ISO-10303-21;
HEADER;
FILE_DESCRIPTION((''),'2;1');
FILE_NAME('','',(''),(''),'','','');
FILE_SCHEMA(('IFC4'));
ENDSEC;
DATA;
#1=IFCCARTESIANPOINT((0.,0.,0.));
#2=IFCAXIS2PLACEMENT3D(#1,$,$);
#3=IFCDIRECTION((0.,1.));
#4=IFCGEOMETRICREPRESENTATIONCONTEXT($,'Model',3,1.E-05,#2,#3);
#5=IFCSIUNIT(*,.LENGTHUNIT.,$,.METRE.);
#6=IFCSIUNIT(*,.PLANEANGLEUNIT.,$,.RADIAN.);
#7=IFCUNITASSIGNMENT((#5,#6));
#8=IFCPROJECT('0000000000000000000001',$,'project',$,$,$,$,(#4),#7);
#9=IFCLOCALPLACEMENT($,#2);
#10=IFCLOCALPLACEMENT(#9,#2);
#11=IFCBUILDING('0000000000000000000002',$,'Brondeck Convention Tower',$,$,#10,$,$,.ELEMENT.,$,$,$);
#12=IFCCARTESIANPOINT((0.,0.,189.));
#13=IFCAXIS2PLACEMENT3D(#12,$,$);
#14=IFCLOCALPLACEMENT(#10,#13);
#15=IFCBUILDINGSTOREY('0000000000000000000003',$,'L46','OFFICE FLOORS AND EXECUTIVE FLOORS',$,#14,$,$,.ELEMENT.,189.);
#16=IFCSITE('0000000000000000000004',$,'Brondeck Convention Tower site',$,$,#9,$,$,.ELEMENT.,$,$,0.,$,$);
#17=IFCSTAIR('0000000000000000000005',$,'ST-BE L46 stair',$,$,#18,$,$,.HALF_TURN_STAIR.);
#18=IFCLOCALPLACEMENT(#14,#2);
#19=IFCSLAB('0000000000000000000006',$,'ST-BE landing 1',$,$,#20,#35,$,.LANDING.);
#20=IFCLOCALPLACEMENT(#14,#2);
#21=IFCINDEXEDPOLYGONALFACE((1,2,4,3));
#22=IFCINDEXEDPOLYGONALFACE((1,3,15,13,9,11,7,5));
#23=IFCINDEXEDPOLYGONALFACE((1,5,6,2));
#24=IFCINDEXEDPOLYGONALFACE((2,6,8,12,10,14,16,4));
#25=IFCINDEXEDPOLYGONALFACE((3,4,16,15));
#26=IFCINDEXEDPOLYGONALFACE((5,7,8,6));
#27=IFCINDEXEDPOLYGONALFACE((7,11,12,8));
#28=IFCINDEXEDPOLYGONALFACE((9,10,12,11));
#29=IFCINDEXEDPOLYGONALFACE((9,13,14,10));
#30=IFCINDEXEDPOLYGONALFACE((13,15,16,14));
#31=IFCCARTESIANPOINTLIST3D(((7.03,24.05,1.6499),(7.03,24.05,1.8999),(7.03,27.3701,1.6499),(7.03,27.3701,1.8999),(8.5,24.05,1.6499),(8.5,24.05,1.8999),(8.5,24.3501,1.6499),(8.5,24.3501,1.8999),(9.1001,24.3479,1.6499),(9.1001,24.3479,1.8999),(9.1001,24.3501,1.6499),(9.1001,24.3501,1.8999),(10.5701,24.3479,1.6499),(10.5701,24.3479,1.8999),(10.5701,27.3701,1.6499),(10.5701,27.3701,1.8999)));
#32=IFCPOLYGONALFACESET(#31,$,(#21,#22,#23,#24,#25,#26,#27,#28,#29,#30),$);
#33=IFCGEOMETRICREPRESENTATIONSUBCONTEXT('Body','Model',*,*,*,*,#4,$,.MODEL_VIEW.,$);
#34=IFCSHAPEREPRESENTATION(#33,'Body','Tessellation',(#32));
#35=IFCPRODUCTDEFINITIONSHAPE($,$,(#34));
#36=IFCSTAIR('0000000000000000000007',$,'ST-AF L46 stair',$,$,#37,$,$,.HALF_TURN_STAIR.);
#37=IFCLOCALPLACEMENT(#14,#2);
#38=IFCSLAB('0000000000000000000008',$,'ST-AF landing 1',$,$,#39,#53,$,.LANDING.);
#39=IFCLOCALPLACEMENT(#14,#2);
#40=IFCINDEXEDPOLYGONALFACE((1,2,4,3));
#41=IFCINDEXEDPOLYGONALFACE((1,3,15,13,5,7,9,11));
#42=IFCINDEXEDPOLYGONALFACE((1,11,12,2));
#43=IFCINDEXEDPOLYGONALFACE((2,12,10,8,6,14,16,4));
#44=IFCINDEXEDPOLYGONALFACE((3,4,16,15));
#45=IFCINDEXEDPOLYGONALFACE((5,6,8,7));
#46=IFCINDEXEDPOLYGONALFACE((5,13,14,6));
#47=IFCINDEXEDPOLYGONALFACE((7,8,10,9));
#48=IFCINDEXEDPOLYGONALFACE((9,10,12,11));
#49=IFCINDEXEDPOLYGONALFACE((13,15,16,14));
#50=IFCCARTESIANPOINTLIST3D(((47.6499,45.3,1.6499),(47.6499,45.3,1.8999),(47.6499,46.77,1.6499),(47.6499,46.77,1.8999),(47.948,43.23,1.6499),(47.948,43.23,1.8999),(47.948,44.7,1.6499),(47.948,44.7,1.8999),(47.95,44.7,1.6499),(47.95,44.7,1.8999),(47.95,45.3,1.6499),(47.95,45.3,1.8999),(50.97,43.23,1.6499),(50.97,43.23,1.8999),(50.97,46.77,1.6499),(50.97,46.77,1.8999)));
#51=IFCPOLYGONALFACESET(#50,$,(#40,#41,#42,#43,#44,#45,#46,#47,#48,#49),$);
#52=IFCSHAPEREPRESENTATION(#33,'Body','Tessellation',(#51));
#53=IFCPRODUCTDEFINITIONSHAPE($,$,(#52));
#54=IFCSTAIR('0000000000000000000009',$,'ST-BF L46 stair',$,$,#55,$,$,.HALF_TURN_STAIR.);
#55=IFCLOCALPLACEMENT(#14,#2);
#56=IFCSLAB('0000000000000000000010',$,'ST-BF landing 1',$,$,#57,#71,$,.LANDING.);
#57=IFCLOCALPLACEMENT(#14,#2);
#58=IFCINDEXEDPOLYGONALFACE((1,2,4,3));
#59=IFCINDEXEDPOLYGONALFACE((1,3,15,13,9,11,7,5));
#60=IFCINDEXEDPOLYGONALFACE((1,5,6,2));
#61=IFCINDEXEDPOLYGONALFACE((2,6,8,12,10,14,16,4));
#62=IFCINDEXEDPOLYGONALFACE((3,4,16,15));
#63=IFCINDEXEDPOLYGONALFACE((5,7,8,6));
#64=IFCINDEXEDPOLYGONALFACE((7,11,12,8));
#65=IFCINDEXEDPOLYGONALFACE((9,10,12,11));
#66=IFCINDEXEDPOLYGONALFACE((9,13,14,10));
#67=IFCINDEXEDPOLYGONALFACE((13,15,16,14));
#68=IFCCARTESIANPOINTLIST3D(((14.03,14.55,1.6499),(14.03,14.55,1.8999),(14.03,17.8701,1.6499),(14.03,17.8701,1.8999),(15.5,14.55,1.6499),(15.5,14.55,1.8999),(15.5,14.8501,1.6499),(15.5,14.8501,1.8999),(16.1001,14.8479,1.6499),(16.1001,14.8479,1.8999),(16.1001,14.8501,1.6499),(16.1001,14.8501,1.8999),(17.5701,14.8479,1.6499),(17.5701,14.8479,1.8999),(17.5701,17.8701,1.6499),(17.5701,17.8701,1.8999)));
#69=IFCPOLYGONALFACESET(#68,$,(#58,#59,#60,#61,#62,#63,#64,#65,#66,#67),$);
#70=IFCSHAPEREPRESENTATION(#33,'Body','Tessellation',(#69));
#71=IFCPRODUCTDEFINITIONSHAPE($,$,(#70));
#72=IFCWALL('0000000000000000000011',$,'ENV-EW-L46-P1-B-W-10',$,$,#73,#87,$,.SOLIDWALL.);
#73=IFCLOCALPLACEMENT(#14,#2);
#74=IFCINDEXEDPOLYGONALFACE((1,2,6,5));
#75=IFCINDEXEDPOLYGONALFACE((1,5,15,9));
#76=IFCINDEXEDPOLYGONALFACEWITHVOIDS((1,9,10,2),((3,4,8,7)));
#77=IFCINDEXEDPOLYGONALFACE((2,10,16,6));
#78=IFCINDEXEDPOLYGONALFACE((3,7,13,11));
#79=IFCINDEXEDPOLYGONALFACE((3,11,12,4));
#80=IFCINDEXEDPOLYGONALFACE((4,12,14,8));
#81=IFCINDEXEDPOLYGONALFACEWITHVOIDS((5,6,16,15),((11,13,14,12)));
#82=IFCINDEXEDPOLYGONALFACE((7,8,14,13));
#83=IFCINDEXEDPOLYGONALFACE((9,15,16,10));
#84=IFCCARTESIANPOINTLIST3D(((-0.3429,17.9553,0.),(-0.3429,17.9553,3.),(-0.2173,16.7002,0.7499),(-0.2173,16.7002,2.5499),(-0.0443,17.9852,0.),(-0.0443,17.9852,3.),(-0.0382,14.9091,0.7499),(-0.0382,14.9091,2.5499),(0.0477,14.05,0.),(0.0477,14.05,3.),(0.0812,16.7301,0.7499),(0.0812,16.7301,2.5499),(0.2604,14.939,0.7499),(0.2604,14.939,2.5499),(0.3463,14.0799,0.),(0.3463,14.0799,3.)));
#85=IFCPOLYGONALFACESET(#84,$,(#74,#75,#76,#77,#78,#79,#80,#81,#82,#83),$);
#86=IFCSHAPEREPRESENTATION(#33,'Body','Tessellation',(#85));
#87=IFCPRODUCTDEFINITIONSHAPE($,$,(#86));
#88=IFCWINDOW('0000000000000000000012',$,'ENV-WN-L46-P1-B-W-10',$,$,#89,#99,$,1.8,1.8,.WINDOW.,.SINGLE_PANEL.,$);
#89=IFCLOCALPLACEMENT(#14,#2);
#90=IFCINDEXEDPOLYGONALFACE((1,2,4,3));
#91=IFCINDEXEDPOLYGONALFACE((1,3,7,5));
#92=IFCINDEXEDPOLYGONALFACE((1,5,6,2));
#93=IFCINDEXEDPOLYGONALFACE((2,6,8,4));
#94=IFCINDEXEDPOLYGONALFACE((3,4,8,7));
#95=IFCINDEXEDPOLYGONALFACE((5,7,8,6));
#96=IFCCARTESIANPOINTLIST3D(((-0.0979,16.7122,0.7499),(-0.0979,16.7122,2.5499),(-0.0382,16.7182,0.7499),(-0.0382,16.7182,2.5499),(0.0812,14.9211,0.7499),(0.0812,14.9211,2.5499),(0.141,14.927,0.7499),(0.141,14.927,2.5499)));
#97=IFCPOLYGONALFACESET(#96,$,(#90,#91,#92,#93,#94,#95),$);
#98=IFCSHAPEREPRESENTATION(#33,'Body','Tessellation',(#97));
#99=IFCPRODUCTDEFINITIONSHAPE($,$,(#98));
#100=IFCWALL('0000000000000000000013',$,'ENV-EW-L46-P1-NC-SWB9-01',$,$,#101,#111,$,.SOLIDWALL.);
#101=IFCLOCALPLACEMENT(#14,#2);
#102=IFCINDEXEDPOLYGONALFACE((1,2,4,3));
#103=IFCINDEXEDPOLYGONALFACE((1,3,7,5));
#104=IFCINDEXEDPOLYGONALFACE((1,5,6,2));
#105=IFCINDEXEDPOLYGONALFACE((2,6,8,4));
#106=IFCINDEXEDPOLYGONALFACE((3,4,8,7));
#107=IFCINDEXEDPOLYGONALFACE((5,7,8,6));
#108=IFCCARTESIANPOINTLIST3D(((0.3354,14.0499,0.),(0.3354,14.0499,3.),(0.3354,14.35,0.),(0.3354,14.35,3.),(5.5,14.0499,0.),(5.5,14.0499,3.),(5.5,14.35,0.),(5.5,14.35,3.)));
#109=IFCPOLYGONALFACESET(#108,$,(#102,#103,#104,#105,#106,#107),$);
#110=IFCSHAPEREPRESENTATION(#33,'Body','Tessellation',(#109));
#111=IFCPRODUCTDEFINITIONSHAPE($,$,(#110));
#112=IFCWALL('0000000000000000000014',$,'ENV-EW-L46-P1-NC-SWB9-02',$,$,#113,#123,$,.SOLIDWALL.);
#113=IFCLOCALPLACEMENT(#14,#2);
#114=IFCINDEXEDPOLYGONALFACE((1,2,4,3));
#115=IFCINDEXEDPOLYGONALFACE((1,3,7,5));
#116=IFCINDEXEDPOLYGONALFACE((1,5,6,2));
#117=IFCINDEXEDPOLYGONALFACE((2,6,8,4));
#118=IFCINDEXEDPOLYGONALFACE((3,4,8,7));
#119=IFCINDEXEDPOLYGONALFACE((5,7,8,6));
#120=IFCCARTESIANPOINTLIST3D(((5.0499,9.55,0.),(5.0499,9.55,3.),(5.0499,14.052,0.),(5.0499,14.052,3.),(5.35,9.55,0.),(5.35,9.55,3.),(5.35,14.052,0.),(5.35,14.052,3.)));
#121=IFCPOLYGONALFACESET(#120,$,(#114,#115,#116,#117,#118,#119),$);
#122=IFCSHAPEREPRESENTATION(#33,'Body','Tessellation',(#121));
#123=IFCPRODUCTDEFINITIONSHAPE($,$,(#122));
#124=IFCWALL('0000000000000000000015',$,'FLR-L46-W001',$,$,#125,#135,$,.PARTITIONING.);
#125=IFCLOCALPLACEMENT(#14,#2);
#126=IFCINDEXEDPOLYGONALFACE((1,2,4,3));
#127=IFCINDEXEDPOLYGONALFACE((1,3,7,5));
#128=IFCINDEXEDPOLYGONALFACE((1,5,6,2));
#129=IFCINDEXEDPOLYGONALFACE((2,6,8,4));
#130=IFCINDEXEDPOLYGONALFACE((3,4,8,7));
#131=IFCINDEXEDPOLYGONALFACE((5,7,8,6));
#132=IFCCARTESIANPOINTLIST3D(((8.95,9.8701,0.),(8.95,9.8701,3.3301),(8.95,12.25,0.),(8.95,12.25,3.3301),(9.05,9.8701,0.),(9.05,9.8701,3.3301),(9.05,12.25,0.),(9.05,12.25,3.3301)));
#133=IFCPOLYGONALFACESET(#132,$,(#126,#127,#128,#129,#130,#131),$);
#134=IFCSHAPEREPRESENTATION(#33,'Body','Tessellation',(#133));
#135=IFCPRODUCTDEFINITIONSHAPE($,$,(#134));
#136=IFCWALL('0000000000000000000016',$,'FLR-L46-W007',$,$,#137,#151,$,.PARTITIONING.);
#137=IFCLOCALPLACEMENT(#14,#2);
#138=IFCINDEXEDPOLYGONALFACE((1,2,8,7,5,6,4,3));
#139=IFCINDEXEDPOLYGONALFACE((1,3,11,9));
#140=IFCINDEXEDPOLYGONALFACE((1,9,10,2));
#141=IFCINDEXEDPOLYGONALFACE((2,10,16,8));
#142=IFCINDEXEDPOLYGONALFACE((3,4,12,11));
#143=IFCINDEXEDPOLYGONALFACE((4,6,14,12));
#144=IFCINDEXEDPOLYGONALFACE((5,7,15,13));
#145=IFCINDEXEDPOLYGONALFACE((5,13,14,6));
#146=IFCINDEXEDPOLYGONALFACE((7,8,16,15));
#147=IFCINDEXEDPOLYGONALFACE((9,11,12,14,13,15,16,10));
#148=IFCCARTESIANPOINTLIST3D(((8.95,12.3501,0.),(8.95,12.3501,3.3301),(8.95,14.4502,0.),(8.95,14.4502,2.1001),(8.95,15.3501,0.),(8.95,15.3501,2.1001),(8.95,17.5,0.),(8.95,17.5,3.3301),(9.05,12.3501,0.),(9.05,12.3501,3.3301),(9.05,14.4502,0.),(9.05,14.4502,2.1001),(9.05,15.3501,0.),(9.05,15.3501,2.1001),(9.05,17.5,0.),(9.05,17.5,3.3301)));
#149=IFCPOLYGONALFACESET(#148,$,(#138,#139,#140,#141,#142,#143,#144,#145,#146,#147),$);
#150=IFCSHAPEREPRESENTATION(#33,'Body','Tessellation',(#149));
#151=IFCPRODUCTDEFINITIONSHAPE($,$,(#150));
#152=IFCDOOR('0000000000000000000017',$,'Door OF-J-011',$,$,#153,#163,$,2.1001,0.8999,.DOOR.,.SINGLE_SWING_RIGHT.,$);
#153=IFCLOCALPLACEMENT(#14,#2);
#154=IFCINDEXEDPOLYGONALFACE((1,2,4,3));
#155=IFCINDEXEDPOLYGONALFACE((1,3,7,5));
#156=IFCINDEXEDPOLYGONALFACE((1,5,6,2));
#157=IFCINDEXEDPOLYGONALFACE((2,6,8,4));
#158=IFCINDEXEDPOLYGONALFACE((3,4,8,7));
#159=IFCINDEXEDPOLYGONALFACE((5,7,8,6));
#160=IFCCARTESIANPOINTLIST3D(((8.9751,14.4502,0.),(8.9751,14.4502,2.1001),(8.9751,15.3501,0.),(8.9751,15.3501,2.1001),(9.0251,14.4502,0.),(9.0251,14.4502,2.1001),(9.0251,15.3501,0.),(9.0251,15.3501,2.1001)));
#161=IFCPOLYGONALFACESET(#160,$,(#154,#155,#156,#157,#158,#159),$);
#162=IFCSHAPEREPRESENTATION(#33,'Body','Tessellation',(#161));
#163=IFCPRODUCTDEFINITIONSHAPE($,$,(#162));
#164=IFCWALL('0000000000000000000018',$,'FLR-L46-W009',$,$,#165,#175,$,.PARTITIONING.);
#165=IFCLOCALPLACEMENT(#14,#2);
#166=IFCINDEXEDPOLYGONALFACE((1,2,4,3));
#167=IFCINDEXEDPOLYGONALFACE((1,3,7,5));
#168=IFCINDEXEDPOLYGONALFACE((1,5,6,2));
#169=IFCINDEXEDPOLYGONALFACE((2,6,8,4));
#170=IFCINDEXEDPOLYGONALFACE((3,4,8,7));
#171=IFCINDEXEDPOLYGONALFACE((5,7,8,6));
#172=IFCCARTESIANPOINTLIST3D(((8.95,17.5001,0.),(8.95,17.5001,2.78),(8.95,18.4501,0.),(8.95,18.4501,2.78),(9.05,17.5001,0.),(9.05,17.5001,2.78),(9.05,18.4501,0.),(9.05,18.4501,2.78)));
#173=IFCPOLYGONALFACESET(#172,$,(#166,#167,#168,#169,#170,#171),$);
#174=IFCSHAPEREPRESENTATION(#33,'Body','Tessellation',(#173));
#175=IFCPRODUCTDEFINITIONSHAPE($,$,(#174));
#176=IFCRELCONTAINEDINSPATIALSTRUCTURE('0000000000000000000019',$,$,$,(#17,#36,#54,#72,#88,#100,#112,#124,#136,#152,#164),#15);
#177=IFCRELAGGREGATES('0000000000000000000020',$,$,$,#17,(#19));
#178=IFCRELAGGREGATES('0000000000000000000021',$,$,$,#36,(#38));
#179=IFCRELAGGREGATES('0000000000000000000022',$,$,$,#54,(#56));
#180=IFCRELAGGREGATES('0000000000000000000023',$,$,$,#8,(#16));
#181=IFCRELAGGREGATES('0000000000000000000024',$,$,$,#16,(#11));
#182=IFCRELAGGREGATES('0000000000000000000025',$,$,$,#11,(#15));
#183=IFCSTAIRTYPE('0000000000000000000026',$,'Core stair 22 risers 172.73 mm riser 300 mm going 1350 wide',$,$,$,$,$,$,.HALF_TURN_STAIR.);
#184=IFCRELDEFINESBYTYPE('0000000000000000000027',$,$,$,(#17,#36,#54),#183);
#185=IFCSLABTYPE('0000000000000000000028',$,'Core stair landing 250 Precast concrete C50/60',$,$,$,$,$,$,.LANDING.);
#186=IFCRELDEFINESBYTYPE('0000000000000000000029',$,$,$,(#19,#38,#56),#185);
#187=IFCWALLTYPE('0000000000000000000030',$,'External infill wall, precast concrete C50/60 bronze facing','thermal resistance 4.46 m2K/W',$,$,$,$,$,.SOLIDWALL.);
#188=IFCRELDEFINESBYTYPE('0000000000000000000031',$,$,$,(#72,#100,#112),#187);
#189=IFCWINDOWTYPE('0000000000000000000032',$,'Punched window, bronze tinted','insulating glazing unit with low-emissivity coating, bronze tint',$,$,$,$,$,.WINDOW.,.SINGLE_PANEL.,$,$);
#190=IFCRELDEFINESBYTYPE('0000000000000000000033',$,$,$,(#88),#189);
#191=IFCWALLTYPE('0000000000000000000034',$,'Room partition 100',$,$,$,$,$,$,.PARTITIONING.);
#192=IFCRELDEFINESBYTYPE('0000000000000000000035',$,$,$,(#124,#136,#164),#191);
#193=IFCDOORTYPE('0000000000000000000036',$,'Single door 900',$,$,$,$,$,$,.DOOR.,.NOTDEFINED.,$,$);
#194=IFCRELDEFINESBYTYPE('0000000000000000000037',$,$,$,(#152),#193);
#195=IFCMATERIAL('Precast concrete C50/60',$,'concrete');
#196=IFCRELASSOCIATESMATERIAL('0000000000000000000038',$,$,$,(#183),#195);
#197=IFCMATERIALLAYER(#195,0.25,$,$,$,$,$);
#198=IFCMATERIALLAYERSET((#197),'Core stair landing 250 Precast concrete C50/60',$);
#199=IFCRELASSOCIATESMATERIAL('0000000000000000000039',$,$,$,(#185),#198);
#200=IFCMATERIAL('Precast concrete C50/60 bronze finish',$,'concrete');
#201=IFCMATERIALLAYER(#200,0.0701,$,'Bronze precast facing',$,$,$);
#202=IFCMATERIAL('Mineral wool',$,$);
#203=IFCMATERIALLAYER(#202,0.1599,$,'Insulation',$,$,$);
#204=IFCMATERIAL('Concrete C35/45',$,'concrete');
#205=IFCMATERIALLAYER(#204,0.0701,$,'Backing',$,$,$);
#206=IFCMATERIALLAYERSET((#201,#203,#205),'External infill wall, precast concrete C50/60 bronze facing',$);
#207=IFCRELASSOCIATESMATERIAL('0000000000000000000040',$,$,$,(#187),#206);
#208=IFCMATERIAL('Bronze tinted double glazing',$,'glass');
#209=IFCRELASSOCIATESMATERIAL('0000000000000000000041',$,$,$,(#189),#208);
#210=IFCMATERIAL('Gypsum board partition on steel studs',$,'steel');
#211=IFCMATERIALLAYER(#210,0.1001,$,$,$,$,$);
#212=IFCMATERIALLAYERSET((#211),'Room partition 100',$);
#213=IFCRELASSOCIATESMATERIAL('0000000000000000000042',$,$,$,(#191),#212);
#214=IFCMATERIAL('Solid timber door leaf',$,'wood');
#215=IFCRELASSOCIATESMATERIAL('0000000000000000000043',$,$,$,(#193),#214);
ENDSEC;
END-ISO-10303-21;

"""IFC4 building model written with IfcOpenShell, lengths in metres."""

from ifc_helpers import new_model, si_unit, direction, frame, frame_2d, origin, place, context, subcontext, project, spatial, polyline, rectangle, outline, extrude, material, layer, layer_set, type_object, element, fill, aggregate, save


model = new_model("IFC4")

# Units and contexts
model_context = context("Model", 3, precision=1e-05, world=origin(), true_north=direction((0.0, 1.0)))
body_context = subcontext(model_context, "Body", "Model", "MODEL_VIEW")
ifc_project = project(units=[si_unit("LENGTHUNIT", "METRE"), si_unit("PLANEANGLEUNIT", "RADIAN")], contexts=[model_context])

# Site, building, storey
site_placement = place(None, origin())
site = spatial("IfcSite", under=ifc_project, at=site_placement, Name="Brondeck Convention Tower site", CompositionType="ELEMENT", RefElevation=0.0)
building_placement = place(site_placement, origin())
building = spatial("IfcBuilding", under=site, at=building_placement, Name="Brondeck Convention Tower", CompositionType="ELEMENT")
storey_placement = place(building_placement, frame((0.0, 0.0, 189.0)))
storey = spatial("IfcBuildingStorey", under=building, at=storey_placement, Name="L46", Description="OFFICE FLOORS AND EXECUTIVE FLOORS", CompositionType="ELEMENT", Elevation=189.0)

# Shared definitions
ifc_material_1 = material(Name="Concrete C35/45", Category="concrete")

# Stairs, slabs
ifc_material_2 = material(Name="Precast concrete C50/60", Category="concrete")
stair_type = type_object("IfcStairType", Name="Core stair 22 risers 172.73 mm riser 300 mm going 1350 wide", PredefinedType="HALF_TURN_STAIR", material=ifc_material_2)
ifc_layer_1 = layer(ifc_material_2, 0.25)
ifc_layer_set_1 = layer_set([ifc_layer_1], Name="Core stair landing 250 Precast concrete C50/60")
slab_type_1 = type_object("IfcSlabType", Name="Core stair landing 250 Precast concrete C50/60", PredefinedType="LANDING", material=ifc_layer_set_1)
stair_1_placement = place(storey_placement, origin())
stair_1 = element("IfcStair", 1, at=stair_1_placement, inside=storey, type_object=stair_type, Name="ST-BE L46 stair", PredefinedType="HALF_TURN_STAIR")
slab_1_placement = place(storey_placement, frame((0.0, 0.0, 1.6499)))
slab_1 = element("IfcSlab", 2, at=slab_1_placement, type_object=slab_type_1, Name="ST-BE landing 1", PredefinedType="LANDING", context=body_context, shape_type="SweptSolid", body=[
    extrude(outline(polyline([(7.03, 24.05), (7.03, 27.3701), (10.5701, 27.3701), (10.5701, 24.3479), (9.1001, 24.3479), (9.1001, 24.3501), (8.5, 24.3501), (8.5, 24.05), (7.03, 24.05)])), origin(), (0.0, 0.0, 1.0), 0.25),
])
aggregate(stair_1, [slab_1])
stair_2_placement = place(storey_placement, origin())
stair_2 = element("IfcStair", 3, at=stair_2_placement, inside=storey, type_object=stair_type, Name="ST-AF L46 stair", PredefinedType="HALF_TURN_STAIR")
slab_2_placement = place(storey_placement, frame((0.0, 0.0, 1.6499)))
slab_2 = element("IfcSlab", 4, at=slab_2_placement, type_object=slab_type_1, Name="ST-AF landing 1", PredefinedType="LANDING", context=body_context, shape_type="SweptSolid", body=[
    extrude(outline(polyline([(47.948, 44.7), (47.95, 44.7), (47.95, 45.3), (47.6499, 45.3), (47.6499, 46.77), (50.97, 46.77), (50.97, 43.23), (47.948, 43.23), (47.948, 44.7)])), origin(), (0.0, 0.0, 1.0), 0.25),
])
aggregate(stair_2, [slab_2])
stair_3_placement = place(storey_placement, origin())
stair_3 = element("IfcStair", 5, at=stair_3_placement, inside=storey, type_object=stair_type, Name="ST-BF L46 stair", PredefinedType="HALF_TURN_STAIR")
slab_3_placement = place(storey_placement, frame((0.0, 0.0, 1.6499)))
slab_3 = element("IfcSlab", 6, at=slab_3_placement, type_object=slab_type_1, Name="ST-BF landing 1", PredefinedType="LANDING", context=body_context, shape_type="SweptSolid", body=[
    extrude(outline(polyline([(14.03, 14.55), (14.03, 17.8701), (17.5701, 17.8701), (17.5701, 14.8479), (16.1001, 14.8479), (16.1001, 14.8501), (15.5, 14.8501), (15.5, 14.55), (14.03, 14.55)])), origin(), (0.0, 0.0, 1.0), 0.25),
])
aggregate(stair_3, [slab_3])

# Wall, opening, window
ifc_material_3 = material(Name="Precast concrete C50/60 bronze finish", Category="concrete")
ifc_layer_2 = layer(ifc_material_3, 0.0701, Name="Bronze precast facing")
ifc_material_4 = material(Name="Mineral wool")
ifc_layer_3 = layer(ifc_material_4, 0.1599, Name="Insulation")
ifc_layer_4 = layer(ifc_material_1, 0.0701, Name="Backing")
ifc_layer_set_2 = layer_set([ifc_layer_2, ifc_layer_3, ifc_layer_4], Name="External infill wall, precast concrete C50/60 bronze facing")
wall_type_1 = type_object("IfcWallType", Name="External infill wall, precast concrete C50/60 bronze facing", Description="thermal resistance 4.46 m2K/W", PredefinedType="SOLIDWALL", material=ifc_layer_set_2)
wall_1_placement = place(storey_placement, frame((0.197, 14.0649, 0.0), z_axis=(0.0, 0.0, 1.0), x_axis=(-0.099528, 0.995035, 0.0)))
wall_1 = element("IfcWall", 7, at=wall_1_placement, inside=storey, type_object=wall_type_1, Name="ENV-EW-L46-P1-B-W-10", PredefinedType="SOLIDWALL", context=body_context, shape_type="SweptSolid", body=[
    extrude(rectangle(XDim=3.9248, YDim=0.3, at=frame_2d((1.9624, 0.0))), origin(), (0.0, 0.0, 1.0), 3.0),
])
opening_1_placement = place(wall_1_placement, frame((0.8635, 0.0, 0.75)))
opening_1 = element("IfcOpeningElement", 8, at=opening_1_placement, cuts=wall_1, PredefinedType="OPENING", context=body_context, shape_type="SweptSolid", body=[
    extrude(rectangle(XDim=1.8, YDim=1.8, at=frame_2d((0.8999, 0.8999))), frame((0.0, 0.1599, 0.0), z_axis=(0.0, -1.0, 0.0), x_axis=(1.0, 0.0, 0.0)), (0.0, 0.0, 1.0), 0.3201),
])
ifc_material_5 = material(Name="Bronze tinted double glazing", Category="glass")
window_type = type_object("IfcWindowType", Name="Punched window, bronze tinted", Description="insulating glazing unit with low-emissivity coating, bronze tint", PartitioningType="SINGLE_PANEL", PredefinedType="WINDOW", material=ifc_material_5)
window_placement = place(opening_1_placement, origin())
window = element("IfcWindow", 9, at=window_placement, inside=storey, type_object=window_type, Name="ENV-WN-L46-P1-B-W-10", OverallHeight=1.8, OverallWidth=1.8, PartitioningType="SINGLE_PANEL", PredefinedType="WINDOW", context=body_context, shape_type="SweptSolid", body=[
    extrude(rectangle(XDim=1.8, YDim=1.8, at=frame_2d((0.8999, 0.8999))), frame((0.0, 0.03, 0.0), z_axis=(0.0, -1.0, 0.0), x_axis=(1.0, 0.0, 0.0)), (0.0, 0.0, 1.0), 0.0601),
])
fill(opening_1, window)

# Walls
wall_2_placement = place(storey_placement, frame((5.5, 14.2, 0.0), z_axis=(0.0, 0.0, 1.0), x_axis=(-1.0, 0.0, 0.0)))
element("IfcWall", 10, at=wall_2_placement, inside=storey, type_object=wall_type_1, Name="ENV-EW-L46-P1-NC-SWB9-01", PredefinedType="SOLIDWALL", context=body_context, shape_type="SweptSolid", body=[
    extrude(rectangle(XDim=5.1646, YDim=0.3, at=frame_2d((2.5823, 0.0))), origin(), (0.0, 0.0, 1.0), 3.0),
])
wall_3_placement = place(storey_placement, frame((5.2, 9.55, 0.0), z_axis=(0.0, 0.0, 1.0), x_axis=(0.0, 1.0, 0.0)))
element("IfcWall", 11, at=wall_3_placement, inside=storey, type_object=wall_type_1, Name="ENV-EW-L46-P1-NC-SWB9-02", PredefinedType="SOLIDWALL", context=body_context, shape_type="SweptSolid", body=[
    extrude(rectangle(XDim=4.502, YDim=0.3, at=frame_2d((2.251, 0.0))), origin(), (0.0, 0.0, 1.0), 3.0),
])
ifc_material_6 = material(Name="Gypsum board partition on steel studs", Category="steel")
ifc_layer_5 = layer(ifc_material_6, 0.1001)
ifc_layer_set_3 = layer_set([ifc_layer_5], Name="Room partition 100")
wall_type_2 = type_object("IfcWallType", Name="Room partition 100", PredefinedType="PARTITIONING", material=ifc_layer_set_3)
wall_4_placement = place(storey_placement, frame((9.0, 9.8701, 0.0), z_axis=(0.0, 0.0, 1.0), x_axis=(0.0, 1.0, 0.0)))
element("IfcWall", 12, at=wall_4_placement, inside=storey, type_object=wall_type_2, Name="FLR-L46-W001", PredefinedType="PARTITIONING", context=body_context, shape_type="SweptSolid", body=[
    extrude(rectangle(XDim=2.3799, YDim=0.1001, at=frame_2d((1.1899, 0.0))), origin(), (0.0, 0.0, 1.0), 3.3301),
])

# Wall, opening, door
wall_5_placement = place(storey_placement, frame((9.0, 12.3501, 0.0), z_axis=(0.0, 0.0, 1.0), x_axis=(0.0, 1.0, 0.0)))
wall_5 = element("IfcWall", 13, at=wall_5_placement, inside=storey, type_object=wall_type_2, Name="FLR-L46-W007", PredefinedType="PARTITIONING", context=body_context, shape_type="SweptSolid", body=[
    extrude(rectangle(XDim=5.1499, YDim=0.1001, at=frame_2d((2.575, 0.0))), origin(), (0.0, 0.0, 1.0), 3.3301),
])
opening_2_placement = place(wall_5_placement, frame((2.1001, 0.0, 0.0)))
opening_2 = element("IfcOpeningElement", 14, at=opening_2_placement, cuts=wall_5, PredefinedType="OPENING", context=body_context, shape_type="SweptSolid", body=[
    extrude(rectangle(XDim=0.8999, YDim=2.1001, at=frame_2d((0.45, 1.05))), frame((0.0, 0.0601, 0.0), z_axis=(0.0, -1.0, 0.0), x_axis=(1.0, 0.0, 0.0)), (0.0, 0.0, 1.0), 0.1201),
])
ifc_material_7 = material(Name="Solid timber door leaf", Category="wood")
door_type = type_object("IfcDoorType", Name="Single door 900", OperationType="NOTDEFINED", PredefinedType="DOOR", material=ifc_material_7)
door_placement = place(opening_2_placement, origin())
door = element("IfcDoor", 15, at=door_placement, inside=storey, type_object=door_type, Name="Door OF-J-011", OperationType="SINGLE_SWING_RIGHT", OverallHeight=2.1001, OverallWidth=0.8999, PredefinedType="DOOR", context=body_context, shape_type="SweptSolid", body=[
    extrude(rectangle(XDim=0.8999, YDim=2.1001, at=frame_2d((0.45, 1.05))), frame((0.0, 0.0249, 0.0), z_axis=(0.0, -1.0, 0.0), x_axis=(1.0, 0.0, 0.0)), (0.0, 0.0, 1.0), 0.05),
])
fill(opening_2, door)

# Wall
wall_6_placement = place(storey_placement, frame((9.0, 17.5, 0.0), z_axis=(0.0, 0.0, 1.0), x_axis=(0.0, 1.0, 0.0)))
element("IfcWall", 16, at=wall_6_placement, inside=storey, type_object=wall_type_2, Name="FLR-L46-W009", PredefinedType="PARTITIONING", context=body_context, shape_type="SweptSolid", body=[
    extrude(rectangle(XDim=0.95, YDim=0.1001, at=frame_2d((0.4751, 0.0))), origin(), (0.0, 0.0, 1.0), 2.78),
])

save(model, "model.ifc")
